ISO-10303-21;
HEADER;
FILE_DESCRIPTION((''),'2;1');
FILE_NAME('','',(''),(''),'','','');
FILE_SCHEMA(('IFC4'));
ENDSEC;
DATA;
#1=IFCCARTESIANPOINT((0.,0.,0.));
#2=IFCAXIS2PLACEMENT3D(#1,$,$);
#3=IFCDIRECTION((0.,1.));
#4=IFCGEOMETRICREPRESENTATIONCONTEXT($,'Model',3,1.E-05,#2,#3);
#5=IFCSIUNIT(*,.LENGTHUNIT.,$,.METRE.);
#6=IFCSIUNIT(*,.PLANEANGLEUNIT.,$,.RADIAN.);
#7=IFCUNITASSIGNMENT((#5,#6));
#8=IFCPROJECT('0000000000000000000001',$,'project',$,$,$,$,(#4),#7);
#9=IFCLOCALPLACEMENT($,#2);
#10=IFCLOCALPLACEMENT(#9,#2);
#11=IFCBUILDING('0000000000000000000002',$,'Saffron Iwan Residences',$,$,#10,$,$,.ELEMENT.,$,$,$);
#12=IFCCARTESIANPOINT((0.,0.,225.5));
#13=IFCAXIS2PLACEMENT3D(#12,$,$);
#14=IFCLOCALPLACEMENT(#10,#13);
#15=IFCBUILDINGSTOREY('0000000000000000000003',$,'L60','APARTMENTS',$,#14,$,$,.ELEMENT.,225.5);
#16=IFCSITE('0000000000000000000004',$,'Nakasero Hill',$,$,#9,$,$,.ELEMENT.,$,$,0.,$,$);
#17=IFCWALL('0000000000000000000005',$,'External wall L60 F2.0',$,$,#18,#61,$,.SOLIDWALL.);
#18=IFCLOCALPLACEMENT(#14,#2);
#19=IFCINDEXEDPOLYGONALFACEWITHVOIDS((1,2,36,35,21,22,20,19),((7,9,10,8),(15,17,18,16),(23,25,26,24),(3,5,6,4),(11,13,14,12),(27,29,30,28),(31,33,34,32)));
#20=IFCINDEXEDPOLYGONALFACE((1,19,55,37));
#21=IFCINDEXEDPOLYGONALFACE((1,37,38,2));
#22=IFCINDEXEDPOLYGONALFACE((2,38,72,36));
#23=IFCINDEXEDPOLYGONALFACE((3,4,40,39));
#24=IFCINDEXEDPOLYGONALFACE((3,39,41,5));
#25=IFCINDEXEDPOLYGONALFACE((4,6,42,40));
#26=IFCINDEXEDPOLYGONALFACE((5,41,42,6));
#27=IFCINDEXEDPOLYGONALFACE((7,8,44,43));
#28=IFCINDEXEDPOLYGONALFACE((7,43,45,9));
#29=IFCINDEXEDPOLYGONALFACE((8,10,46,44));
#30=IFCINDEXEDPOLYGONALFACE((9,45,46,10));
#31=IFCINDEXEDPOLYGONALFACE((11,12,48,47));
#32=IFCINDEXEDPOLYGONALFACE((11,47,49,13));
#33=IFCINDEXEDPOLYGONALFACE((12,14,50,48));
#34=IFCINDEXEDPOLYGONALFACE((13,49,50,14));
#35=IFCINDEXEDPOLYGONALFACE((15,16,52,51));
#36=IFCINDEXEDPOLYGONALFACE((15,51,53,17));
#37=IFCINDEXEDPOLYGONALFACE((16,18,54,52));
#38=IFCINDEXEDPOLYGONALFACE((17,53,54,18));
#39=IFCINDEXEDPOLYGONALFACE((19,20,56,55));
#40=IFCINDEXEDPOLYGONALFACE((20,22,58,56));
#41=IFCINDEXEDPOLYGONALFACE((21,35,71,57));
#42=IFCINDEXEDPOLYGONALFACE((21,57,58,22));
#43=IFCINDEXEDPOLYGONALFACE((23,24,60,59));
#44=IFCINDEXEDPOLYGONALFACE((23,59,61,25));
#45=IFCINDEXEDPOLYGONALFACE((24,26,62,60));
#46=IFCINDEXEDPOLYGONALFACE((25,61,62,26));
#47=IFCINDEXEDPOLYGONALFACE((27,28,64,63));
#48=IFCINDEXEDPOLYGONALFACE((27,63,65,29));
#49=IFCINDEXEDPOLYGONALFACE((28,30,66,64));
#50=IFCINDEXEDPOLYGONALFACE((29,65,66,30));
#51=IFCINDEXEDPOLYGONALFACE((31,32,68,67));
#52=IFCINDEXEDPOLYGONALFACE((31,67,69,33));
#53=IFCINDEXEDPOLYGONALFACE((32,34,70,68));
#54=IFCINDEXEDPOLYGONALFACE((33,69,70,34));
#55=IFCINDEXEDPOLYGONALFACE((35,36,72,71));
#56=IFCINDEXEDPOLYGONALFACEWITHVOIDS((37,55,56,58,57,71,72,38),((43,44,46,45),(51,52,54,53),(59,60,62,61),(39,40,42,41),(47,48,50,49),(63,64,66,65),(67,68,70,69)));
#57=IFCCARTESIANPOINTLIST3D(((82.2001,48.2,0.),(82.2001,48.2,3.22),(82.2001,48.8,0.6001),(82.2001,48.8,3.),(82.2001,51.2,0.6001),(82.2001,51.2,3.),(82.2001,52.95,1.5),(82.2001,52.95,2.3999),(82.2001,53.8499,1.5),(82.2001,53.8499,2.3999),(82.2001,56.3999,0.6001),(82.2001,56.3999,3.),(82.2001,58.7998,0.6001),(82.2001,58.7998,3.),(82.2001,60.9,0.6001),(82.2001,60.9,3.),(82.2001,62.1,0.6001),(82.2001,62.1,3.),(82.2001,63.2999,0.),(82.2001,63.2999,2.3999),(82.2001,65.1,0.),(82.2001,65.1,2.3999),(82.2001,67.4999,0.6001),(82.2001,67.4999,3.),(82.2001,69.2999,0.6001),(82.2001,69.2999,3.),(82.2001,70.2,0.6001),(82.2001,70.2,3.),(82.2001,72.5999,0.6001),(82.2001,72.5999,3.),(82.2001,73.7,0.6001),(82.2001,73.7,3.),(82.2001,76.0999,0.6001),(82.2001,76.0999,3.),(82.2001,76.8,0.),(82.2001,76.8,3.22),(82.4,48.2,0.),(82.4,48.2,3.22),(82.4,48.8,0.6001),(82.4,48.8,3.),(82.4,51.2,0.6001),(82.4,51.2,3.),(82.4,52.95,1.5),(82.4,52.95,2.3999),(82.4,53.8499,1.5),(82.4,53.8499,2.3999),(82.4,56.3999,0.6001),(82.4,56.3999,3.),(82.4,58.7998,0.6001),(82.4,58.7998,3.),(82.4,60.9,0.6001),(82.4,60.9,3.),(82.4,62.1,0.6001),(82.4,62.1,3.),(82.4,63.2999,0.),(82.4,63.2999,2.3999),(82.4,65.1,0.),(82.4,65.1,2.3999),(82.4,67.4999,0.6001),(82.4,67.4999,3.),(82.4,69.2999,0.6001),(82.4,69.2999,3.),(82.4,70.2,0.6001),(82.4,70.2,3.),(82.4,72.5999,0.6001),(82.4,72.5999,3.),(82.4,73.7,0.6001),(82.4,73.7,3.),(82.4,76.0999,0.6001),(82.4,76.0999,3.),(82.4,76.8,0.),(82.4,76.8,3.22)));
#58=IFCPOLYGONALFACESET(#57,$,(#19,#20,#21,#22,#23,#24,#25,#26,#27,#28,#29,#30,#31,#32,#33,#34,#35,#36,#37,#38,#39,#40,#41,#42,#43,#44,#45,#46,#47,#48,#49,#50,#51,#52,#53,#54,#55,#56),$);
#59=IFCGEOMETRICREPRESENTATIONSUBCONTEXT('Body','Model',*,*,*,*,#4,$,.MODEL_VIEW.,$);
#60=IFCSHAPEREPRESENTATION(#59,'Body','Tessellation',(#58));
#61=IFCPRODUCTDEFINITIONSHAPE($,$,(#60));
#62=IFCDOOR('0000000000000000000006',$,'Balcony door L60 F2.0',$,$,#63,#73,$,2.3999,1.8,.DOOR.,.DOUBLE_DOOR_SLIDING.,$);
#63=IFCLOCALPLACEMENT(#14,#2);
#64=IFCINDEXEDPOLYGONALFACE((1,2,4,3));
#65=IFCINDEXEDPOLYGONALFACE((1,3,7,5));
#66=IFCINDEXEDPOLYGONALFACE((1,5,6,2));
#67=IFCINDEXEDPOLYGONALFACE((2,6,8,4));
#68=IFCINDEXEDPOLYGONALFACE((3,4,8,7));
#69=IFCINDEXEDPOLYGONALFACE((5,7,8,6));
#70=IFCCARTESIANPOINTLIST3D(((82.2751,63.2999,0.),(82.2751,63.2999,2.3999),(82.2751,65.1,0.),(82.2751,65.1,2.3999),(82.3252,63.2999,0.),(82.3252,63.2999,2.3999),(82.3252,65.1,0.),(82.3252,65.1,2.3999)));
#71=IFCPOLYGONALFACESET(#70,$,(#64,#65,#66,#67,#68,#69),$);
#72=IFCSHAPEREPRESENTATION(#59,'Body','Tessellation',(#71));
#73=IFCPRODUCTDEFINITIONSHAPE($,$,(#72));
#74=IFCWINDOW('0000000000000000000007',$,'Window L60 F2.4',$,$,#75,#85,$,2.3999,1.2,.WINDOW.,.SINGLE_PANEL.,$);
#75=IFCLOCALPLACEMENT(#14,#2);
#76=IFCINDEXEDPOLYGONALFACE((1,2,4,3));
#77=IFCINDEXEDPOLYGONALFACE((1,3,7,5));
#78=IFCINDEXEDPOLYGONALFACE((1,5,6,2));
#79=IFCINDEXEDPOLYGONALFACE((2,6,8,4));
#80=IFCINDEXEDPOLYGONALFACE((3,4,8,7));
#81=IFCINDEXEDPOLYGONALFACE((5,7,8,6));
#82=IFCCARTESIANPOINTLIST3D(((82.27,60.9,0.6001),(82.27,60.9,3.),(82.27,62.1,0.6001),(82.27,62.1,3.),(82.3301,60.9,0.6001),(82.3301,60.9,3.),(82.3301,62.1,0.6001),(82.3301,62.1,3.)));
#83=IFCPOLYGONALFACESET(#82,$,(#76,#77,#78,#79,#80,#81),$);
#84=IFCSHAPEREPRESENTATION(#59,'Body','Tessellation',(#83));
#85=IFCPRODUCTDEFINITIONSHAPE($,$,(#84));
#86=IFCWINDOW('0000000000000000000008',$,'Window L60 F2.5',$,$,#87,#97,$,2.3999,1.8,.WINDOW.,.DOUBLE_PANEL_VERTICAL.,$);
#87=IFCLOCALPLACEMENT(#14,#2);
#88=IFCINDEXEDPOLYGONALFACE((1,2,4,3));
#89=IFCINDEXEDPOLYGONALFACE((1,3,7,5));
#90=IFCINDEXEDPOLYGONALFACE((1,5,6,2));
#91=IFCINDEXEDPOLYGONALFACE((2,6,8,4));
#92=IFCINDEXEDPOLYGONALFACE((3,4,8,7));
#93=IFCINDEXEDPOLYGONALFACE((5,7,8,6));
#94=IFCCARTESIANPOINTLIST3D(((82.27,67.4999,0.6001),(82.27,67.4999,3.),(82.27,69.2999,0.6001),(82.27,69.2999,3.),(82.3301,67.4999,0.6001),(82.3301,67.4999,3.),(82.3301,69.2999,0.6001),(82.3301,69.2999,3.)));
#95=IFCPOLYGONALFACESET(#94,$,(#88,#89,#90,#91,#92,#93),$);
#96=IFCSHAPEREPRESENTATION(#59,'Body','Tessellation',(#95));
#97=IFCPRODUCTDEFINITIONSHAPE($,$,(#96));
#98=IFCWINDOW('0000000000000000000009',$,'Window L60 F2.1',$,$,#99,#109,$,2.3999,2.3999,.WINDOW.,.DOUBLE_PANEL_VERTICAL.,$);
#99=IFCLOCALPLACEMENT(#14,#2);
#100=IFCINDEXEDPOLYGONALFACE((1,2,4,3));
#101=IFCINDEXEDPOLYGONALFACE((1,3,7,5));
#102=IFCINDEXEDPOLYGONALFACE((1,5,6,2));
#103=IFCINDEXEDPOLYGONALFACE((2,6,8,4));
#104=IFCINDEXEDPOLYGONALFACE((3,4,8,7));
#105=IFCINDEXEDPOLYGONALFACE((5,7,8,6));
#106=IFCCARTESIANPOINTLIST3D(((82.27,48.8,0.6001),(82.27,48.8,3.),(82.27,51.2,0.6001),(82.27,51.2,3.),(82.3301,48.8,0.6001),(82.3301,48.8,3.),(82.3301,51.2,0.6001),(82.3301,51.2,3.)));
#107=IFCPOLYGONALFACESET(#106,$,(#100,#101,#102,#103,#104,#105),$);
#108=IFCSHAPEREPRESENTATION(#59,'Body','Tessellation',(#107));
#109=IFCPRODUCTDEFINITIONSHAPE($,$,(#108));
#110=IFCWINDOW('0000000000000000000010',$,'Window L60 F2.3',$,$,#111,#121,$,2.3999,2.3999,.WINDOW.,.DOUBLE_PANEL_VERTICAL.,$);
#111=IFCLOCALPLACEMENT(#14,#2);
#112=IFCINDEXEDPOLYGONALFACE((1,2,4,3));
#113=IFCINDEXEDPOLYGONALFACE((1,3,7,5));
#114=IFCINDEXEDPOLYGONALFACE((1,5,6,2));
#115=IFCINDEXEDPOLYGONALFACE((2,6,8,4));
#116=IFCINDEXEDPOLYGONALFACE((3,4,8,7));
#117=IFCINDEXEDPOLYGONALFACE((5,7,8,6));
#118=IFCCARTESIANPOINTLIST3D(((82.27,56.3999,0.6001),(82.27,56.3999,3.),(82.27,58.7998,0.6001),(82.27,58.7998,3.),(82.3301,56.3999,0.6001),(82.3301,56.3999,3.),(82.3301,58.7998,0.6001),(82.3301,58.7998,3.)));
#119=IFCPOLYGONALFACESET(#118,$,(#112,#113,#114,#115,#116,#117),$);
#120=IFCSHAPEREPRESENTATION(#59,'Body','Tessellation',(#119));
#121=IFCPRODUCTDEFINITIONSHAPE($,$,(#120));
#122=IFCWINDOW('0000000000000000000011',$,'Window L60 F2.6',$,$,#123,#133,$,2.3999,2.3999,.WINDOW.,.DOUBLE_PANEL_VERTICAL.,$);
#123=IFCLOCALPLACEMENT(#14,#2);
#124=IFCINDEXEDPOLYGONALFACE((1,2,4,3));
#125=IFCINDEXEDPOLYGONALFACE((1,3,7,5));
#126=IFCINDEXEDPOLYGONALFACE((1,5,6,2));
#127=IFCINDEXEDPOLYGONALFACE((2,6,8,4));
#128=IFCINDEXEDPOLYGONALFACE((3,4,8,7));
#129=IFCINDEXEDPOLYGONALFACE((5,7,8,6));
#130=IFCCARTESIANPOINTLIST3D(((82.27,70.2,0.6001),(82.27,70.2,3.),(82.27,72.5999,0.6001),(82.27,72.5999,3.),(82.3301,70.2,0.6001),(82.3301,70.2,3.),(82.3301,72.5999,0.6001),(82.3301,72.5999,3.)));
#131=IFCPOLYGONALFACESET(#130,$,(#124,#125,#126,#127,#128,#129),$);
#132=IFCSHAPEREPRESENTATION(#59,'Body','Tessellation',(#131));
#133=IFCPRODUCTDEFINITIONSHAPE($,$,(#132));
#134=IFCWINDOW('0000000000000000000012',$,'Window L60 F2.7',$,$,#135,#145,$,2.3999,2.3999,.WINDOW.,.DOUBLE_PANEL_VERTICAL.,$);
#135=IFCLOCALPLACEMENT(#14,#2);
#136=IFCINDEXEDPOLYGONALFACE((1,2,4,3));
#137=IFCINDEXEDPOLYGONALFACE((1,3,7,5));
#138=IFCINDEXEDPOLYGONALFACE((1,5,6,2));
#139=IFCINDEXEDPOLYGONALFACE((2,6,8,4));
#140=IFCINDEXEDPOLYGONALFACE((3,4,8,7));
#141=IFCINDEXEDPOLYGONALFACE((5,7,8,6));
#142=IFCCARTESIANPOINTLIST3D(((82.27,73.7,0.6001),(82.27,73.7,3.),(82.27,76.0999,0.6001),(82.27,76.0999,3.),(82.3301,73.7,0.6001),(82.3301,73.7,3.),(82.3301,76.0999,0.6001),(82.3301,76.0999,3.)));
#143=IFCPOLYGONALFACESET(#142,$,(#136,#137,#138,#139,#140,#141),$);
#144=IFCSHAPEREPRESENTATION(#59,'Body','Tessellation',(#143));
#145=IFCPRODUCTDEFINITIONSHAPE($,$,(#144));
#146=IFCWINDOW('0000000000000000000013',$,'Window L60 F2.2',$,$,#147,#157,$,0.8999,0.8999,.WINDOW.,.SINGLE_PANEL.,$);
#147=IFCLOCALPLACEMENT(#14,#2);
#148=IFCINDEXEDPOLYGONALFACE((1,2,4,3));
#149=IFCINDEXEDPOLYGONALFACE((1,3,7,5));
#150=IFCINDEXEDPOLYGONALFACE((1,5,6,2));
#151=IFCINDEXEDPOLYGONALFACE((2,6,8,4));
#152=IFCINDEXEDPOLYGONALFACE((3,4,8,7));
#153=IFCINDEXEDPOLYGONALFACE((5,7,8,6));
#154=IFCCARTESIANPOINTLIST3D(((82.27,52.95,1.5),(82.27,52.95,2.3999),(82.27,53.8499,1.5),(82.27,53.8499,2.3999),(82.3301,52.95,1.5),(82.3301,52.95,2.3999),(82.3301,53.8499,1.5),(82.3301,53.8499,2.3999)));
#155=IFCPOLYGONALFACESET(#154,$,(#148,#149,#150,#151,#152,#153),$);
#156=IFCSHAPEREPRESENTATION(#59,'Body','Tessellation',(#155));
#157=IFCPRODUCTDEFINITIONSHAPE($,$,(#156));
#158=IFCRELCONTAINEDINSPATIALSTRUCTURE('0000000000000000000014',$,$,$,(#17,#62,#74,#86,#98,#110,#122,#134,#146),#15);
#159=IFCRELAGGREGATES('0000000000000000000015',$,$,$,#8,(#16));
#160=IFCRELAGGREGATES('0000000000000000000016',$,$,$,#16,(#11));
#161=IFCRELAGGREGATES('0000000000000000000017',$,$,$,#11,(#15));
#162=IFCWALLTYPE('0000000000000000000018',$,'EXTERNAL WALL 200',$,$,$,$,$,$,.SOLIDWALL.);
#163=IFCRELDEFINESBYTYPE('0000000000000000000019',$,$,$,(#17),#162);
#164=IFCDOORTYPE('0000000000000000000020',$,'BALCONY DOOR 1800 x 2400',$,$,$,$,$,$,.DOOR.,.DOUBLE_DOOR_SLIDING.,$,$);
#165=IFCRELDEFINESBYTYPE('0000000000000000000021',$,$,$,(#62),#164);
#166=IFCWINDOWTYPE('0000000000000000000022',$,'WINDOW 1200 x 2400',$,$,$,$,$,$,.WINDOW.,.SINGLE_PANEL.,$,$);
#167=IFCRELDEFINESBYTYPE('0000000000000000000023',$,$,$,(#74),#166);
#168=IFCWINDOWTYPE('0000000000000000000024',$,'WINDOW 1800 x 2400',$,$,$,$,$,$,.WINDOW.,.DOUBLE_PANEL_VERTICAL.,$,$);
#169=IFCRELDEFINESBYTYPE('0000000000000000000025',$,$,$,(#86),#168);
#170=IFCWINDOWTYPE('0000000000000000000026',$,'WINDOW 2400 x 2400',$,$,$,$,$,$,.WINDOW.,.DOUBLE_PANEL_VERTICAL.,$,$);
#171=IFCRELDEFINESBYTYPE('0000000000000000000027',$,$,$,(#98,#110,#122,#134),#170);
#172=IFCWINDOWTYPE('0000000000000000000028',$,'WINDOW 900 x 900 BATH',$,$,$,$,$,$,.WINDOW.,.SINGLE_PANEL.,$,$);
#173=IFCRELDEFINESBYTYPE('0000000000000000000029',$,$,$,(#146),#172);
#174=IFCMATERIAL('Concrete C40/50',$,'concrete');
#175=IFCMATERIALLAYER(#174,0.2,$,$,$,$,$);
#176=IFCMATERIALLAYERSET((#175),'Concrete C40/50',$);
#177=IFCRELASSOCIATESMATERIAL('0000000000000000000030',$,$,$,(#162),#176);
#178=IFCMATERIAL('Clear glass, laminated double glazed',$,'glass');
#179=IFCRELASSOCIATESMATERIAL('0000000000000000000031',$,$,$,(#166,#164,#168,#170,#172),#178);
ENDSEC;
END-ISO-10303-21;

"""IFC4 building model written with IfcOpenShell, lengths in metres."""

from ifc_helpers import new_model, si_unit, direction, frame, frame_2d, origin, place, context, subcontext, project, spatial, rectangle, extrude, material, layer, layer_set, type_object, element, fill, save


model = new_model("IFC4")

# Units and contexts
model_context = context("Model", 3, precision=1e-05, world=origin(), true_north=direction((0.0, 1.0)))
body_context = subcontext(model_context, "Body", "Model", "MODEL_VIEW")
ifc_project = project(units=[si_unit("LENGTHUNIT", "METRE"), si_unit("PLANEANGLEUNIT", "RADIAN")], contexts=[model_context])

# Site, building, storey
site_placement = place(None, origin())
site = spatial("IfcSite", under=ifc_project, at=site_placement, Name="Nakasero Hill", CompositionType="ELEMENT", RefElevation=0.0)
building_placement = place(site_placement, origin())
building = spatial("IfcBuilding", under=site, at=building_placement, Name="Saffron Iwan Residences", CompositionType="ELEMENT")
storey_placement = place(building_placement, frame((0.0, 0.0, 225.5)))
storey = spatial("IfcBuildingStorey", under=building, at=storey_placement, Name="L60", Description="APARTMENTS", CompositionType="ELEMENT", Elevation=225.5)

# Shared definitions
ifc_material_1 = material(Name="Concrete C40/50", Category="concrete")

# Shared definitions
ifc_layer_1 = layer(ifc_material_1, 0.2)
ifc_layer_set_1 = layer_set([ifc_layer_1], Name="Concrete C40/50")
wall_type_1 = type_object("IfcWallType", Name="EXTERNAL WALL 200", PredefinedType="SOLIDWALL", material=ifc_layer_set_1)
ifc_material_2 = material(Name="Clear glass, laminated double glazed", Category="glass")
window_type_1 = type_object("IfcWindowType", Name="WINDOW 1200 x 2400", PartitioningType="SINGLE_PANEL", PredefinedType="WINDOW", material=ifc_material_2)

# Wall, openings, door, windows
wall_1_placement = place(storey_placement, frame((82.3, 48.2, 0.0), z_axis=(0.0, 0.0, 1.0), x_axis=(0.0, 1.0, 0.0)))
wall_1 = element("IfcWall", 1, at=wall_1_placement, inside=storey, type_object=wall_type_1, Name="External wall L60 F2.0", PredefinedType="SOLIDWALL", context=body_context, shape_type="SweptSolid", body=[
    extrude(rectangle(XDim=28.6001, YDim=0.2, at=frame_2d((14.3, 0.0))), origin(), (0.0, 0.0, 1.0), 3.22),
])
opening_1_placement = place(wall_1_placement, frame((15.1001, 0.0, 0.0)))
opening_1 = element("IfcOpeningElement", 2, at=opening_1_placement, cuts=wall_1, PredefinedType="OPENING", context=body_context, shape_type="SweptSolid", body=[
    extrude(rectangle(XDim=1.8, YDim=2.3999, at=frame_2d((0.8999, 1.2))), frame((0.0, 0.1099, 0.0), z_axis=(0.0, -1.0, 0.0), x_axis=(1.0, 0.0, 0.0)), (0.0, 0.0, 1.0), 0.22),
])
opening_2_placement = place(wall_1_placement, frame((0.6001, 0.0, 0.6001)))
opening_2 = element("IfcOpeningElement", 3, at=opening_2_placement, cuts=wall_1, PredefinedType="OPENING", context=body_context, shape_type="SweptSolid", body=[
    extrude(rectangle(XDim=2.3999, YDim=2.3999, at=frame_2d((1.2, 1.2))), frame((0.0, 0.1099, 0.0), z_axis=(0.0, -1.0, 0.0), x_axis=(1.0, 0.0, 0.0)), (0.0, 0.0, 1.0), 0.22),
])
opening_3_placement = place(wall_1_placement, frame((4.75, 0.0, 1.5)))
opening_3 = element("IfcOpeningElement", 4, at=opening_3_placement, cuts=wall_1, PredefinedType="OPENING", context=body_context, shape_type="SweptSolid", body=[
    extrude(rectangle(XDim=0.8999, YDim=0.8999, at=frame_2d((0.45, 0.45))), frame((0.0, 0.1099, 0.0), z_axis=(0.0, -1.0, 0.0), x_axis=(1.0, 0.0, 0.0)), (0.0, 0.0, 1.0), 0.22),
])
opening_4_placement = place(wall_1_placement, frame((8.2, 0.0, 0.6001)))
opening_4 = element("IfcOpeningElement", 5, at=opening_4_placement, cuts=wall_1, PredefinedType="OPENING", context=body_context, shape_type="SweptSolid", body=[
    extrude(rectangle(XDim=2.3999, YDim=2.3999, at=frame_2d((1.2, 1.2))), frame((0.0, 0.1099, 0.0), z_axis=(0.0, -1.0, 0.0), x_axis=(1.0, 0.0, 0.0)), (0.0, 0.0, 1.0), 0.22),
])
opening_5_placement = place(wall_1_placement, frame((12.7, 0.0, 0.6001)))
opening_5 = element("IfcOpeningElement", 6, at=opening_5_placement, cuts=wall_1, PredefinedType="OPENING", context=body_context, shape_type="SweptSolid", body=[
    extrude(rectangle(XDim=1.2, YDim=2.3999, at=frame_2d((0.6001, 1.2))), frame((0.0, 0.1099, 0.0), z_axis=(0.0, -1.0, 0.0), x_axis=(1.0, 0.0, 0.0)), (0.0, 0.0, 1.0), 0.22),
])
opening_6_placement = place(wall_1_placement, frame((19.3, 0.0, 0.6001)))
opening_6 = element("IfcOpeningElement", 7, at=opening_6_placement, cuts=wall_1, PredefinedType="OPENING", context=body_context, shape_type="SweptSolid", body=[
    extrude(rectangle(XDim=1.8, YDim=2.3999, at=frame_2d((0.8999, 1.2))), frame((0.0, 0.1099, 0.0), z_axis=(0.0, -1.0, 0.0), x_axis=(1.0, 0.0, 0.0)), (0.0, 0.0, 1.0), 0.22),
])
opening_7_placement = place(wall_1_placement, frame((22.0, 0.0, 0.6001)))
opening_7 = element("IfcOpeningElement", 8, at=opening_7_placement, cuts=wall_1, PredefinedType="OPENING", context=body_context, shape_type="SweptSolid", body=[
    extrude(rectangle(XDim=2.3999, YDim=2.3999, at=frame_2d((1.2, 1.2))), frame((0.0, 0.1099, 0.0), z_axis=(0.0, -1.0, 0.0), x_axis=(1.0, 0.0, 0.0)), (0.0, 0.0, 1.0), 0.22),
])
opening_8_placement = place(wall_1_placement, frame((25.5, 0.0, 0.6001)))
opening_8 = element("IfcOpeningElement", 9, at=opening_8_placement, cuts=wall_1, PredefinedType="OPENING", context=body_context, shape_type="SweptSolid", body=[
    extrude(rectangle(XDim=2.3999, YDim=2.3999, at=frame_2d((1.2, 1.2))), frame((0.0, 0.1099, 0.0), z_axis=(0.0, -1.0, 0.0), x_axis=(1.0, 0.0, 0.0)), (0.0, 0.0, 1.0), 0.22),
])
door_type_1 = type_object("IfcDoorType", Name="BALCONY DOOR 1800 x 2400", OperationType="DOUBLE_DOOR_SLIDING", PredefinedType="DOOR", material=ifc_material_2)
door_1_placement = place(opening_1_placement, origin())
door_1 = element("IfcDoor", 10, at=door_1_placement, inside=storey, type_object=door_type_1, Name="Balcony door L60 F2.0", OperationType="DOUBLE_DOOR_SLIDING", OverallHeight=2.3999, OverallWidth=1.8, PredefinedType="DOOR", context=body_context, shape_type="SweptSolid", body=[
    extrude(rectangle(XDim=1.8, YDim=2.3999, at=frame_2d((0.8999, 1.2))), frame((0.0, 0.0249, 0.0), z_axis=(0.0, -1.0, 0.0), x_axis=(1.0, 0.0, 0.0)), (0.0, 0.0, 1.0), 0.05),
])
fill(opening_1, door_1)
window_1_placement = place(opening_5_placement, origin())
window_1 = element("IfcWindow", 11, at=window_1_placement, inside=storey, type_object=window_type_1, Name="Window L60 F2.4", OverallHeight=2.3999, OverallWidth=1.2, PartitioningType="SINGLE_PANEL", PredefinedType="WINDOW", context=body_context, shape_type="SweptSolid", body=[
    extrude(rectangle(XDim=1.2, YDim=2.3999, at=frame_2d((0.6001, 1.2))), frame((0.0, 0.03, 0.0), z_axis=(0.0, -1.0, 0.0), x_axis=(1.0, 0.0, 0.0)), (0.0, 0.0, 1.0), 0.0601),
])
fill(opening_5, window_1)
window_type_2 = type_object("IfcWindowType", Name="WINDOW 1800 x 2400", PartitioningType="DOUBLE_PANEL_VERTICAL", PredefinedType="WINDOW", material=ifc_material_2)
window_2_placement = place(opening_6_placement, origin())
window_2 = element("IfcWindow", 12, at=window_2_placement, inside=storey, type_object=window_type_2, Name="Window L60 F2.5", OverallHeight=2.3999, OverallWidth=1.8, PartitioningType="DOUBLE_PANEL_VERTICAL", PredefinedType="WINDOW", context=body_context, shape_type="SweptSolid", body=[
    extrude(rectangle(XDim=1.8, YDim=2.3999, at=frame_2d((0.8999, 1.2))), frame((0.0, 0.03, 0.0), z_axis=(0.0, -1.0, 0.0), x_axis=(1.0, 0.0, 0.0)), (0.0, 0.0, 1.0), 0.0601),
])
fill(opening_6, window_2)
window_type_3 = type_object("IfcWindowType", Name="WINDOW 2400 x 2400", PartitioningType="DOUBLE_PANEL_VERTICAL", PredefinedType="WINDOW", material=ifc_material_2)
window_3_placement = place(opening_2_placement, origin())
window_3 = element("IfcWindow", 13, at=window_3_placement, inside=storey, type_object=window_type_3, Name="Window L60 F2.1", OverallHeight=2.3999, OverallWidth=2.3999, PartitioningType="DOUBLE_PANEL_VERTICAL", PredefinedType="WINDOW", context=body_context, shape_type="SweptSolid", body=[
    extrude(rectangle(XDim=2.3999, YDim=2.3999, at=frame_2d((1.2, 1.2))), frame((0.0, 0.03, 0.0), z_axis=(0.0, -1.0, 0.0), x_axis=(1.0, 0.0, 0.0)), (0.0, 0.0, 1.0), 0.0601),
])
fill(opening_2, window_3)
window_4_placement = place(opening_4_placement, origin())
window_4 = element("IfcWindow", 14, at=window_4_placement, inside=storey, type_object=window_type_3, Name="Window L60 F2.3", OverallHeight=2.3999, OverallWidth=2.3999, PartitioningType="DOUBLE_PANEL_VERTICAL", PredefinedType="WINDOW", context=body_context, shape_type="SweptSolid", body=[
    extrude(rectangle(XDim=2.3999, YDim=2.3999, at=frame_2d((1.2, 1.2))), frame((0.0, 0.03, 0.0), z_axis=(0.0, -1.0, 0.0), x_axis=(1.0, 0.0, 0.0)), (0.0, 0.0, 1.0), 0.0601),
])
fill(opening_4, window_4)
window_5_placement = place(opening_7_placement, origin())
window_5 = element("IfcWindow", 15, at=window_5_placement, inside=storey, type_object=window_type_3, Name="Window L60 F2.6", OverallHeight=2.3999, OverallWidth=2.3999, PartitioningType="DOUBLE_PANEL_VERTICAL", PredefinedType="WINDOW", context=body_context, shape_type="SweptSolid", body=[
    extrude(rectangle(XDim=2.3999, YDim=2.3999, at=frame_2d((1.2, 1.2))), frame((0.0, 0.03, 0.0), z_axis=(0.0, -1.0, 0.0), x_axis=(1.0, 0.0, 0.0)), (0.0, 0.0, 1.0), 0.0601),
])
fill(opening_7, window_5)
window_6_placement = place(opening_8_placement, origin())
window_6 = element("IfcWindow", 16, at=window_6_placement, inside=storey, type_object=window_type_3, Name="Window L60 F2.7", OverallHeight=2.3999, OverallWidth=2.3999, PartitioningType="DOUBLE_PANEL_VERTICAL", PredefinedType="WINDOW", context=body_context, shape_type="SweptSolid", body=[
    extrude(rectangle(XDim=2.3999, YDim=2.3999, at=frame_2d((1.2, 1.2))), frame((0.0, 0.03, 0.0), z_axis=(0.0, -1.0, 0.0), x_axis=(1.0, 0.0, 0.0)), (0.0, 0.0, 1.0), 0.0601),
])
fill(opening_8, window_6)
window_type_4 = type_object("IfcWindowType", Name="WINDOW 900 x 900 BATH", PartitioningType="SINGLE_PANEL", PredefinedType="WINDOW", material=ifc_material_2)
window_7_placement = place(opening_3_placement, origin())
window_7 = element("IfcWindow", 17, at=window_7_placement, inside=storey, type_object=window_type_4, Name="Window L60 F2.2", OverallHeight=0.8999, OverallWidth=0.8999, PartitioningType="SINGLE_PANEL", PredefinedType="WINDOW", context=body_context, shape_type="SweptSolid", body=[
    extrude(rectangle(XDim=0.8999, YDim=0.8999, at=frame_2d((0.45, 0.45))), frame((0.0, 0.03, 0.0), z_axis=(0.0, -1.0, 0.0), x_axis=(1.0, 0.0, 0.0)), (0.0, 0.0, 1.0), 0.0601),
])
fill(opening_3, window_7)

save(model, "model.ifc")
